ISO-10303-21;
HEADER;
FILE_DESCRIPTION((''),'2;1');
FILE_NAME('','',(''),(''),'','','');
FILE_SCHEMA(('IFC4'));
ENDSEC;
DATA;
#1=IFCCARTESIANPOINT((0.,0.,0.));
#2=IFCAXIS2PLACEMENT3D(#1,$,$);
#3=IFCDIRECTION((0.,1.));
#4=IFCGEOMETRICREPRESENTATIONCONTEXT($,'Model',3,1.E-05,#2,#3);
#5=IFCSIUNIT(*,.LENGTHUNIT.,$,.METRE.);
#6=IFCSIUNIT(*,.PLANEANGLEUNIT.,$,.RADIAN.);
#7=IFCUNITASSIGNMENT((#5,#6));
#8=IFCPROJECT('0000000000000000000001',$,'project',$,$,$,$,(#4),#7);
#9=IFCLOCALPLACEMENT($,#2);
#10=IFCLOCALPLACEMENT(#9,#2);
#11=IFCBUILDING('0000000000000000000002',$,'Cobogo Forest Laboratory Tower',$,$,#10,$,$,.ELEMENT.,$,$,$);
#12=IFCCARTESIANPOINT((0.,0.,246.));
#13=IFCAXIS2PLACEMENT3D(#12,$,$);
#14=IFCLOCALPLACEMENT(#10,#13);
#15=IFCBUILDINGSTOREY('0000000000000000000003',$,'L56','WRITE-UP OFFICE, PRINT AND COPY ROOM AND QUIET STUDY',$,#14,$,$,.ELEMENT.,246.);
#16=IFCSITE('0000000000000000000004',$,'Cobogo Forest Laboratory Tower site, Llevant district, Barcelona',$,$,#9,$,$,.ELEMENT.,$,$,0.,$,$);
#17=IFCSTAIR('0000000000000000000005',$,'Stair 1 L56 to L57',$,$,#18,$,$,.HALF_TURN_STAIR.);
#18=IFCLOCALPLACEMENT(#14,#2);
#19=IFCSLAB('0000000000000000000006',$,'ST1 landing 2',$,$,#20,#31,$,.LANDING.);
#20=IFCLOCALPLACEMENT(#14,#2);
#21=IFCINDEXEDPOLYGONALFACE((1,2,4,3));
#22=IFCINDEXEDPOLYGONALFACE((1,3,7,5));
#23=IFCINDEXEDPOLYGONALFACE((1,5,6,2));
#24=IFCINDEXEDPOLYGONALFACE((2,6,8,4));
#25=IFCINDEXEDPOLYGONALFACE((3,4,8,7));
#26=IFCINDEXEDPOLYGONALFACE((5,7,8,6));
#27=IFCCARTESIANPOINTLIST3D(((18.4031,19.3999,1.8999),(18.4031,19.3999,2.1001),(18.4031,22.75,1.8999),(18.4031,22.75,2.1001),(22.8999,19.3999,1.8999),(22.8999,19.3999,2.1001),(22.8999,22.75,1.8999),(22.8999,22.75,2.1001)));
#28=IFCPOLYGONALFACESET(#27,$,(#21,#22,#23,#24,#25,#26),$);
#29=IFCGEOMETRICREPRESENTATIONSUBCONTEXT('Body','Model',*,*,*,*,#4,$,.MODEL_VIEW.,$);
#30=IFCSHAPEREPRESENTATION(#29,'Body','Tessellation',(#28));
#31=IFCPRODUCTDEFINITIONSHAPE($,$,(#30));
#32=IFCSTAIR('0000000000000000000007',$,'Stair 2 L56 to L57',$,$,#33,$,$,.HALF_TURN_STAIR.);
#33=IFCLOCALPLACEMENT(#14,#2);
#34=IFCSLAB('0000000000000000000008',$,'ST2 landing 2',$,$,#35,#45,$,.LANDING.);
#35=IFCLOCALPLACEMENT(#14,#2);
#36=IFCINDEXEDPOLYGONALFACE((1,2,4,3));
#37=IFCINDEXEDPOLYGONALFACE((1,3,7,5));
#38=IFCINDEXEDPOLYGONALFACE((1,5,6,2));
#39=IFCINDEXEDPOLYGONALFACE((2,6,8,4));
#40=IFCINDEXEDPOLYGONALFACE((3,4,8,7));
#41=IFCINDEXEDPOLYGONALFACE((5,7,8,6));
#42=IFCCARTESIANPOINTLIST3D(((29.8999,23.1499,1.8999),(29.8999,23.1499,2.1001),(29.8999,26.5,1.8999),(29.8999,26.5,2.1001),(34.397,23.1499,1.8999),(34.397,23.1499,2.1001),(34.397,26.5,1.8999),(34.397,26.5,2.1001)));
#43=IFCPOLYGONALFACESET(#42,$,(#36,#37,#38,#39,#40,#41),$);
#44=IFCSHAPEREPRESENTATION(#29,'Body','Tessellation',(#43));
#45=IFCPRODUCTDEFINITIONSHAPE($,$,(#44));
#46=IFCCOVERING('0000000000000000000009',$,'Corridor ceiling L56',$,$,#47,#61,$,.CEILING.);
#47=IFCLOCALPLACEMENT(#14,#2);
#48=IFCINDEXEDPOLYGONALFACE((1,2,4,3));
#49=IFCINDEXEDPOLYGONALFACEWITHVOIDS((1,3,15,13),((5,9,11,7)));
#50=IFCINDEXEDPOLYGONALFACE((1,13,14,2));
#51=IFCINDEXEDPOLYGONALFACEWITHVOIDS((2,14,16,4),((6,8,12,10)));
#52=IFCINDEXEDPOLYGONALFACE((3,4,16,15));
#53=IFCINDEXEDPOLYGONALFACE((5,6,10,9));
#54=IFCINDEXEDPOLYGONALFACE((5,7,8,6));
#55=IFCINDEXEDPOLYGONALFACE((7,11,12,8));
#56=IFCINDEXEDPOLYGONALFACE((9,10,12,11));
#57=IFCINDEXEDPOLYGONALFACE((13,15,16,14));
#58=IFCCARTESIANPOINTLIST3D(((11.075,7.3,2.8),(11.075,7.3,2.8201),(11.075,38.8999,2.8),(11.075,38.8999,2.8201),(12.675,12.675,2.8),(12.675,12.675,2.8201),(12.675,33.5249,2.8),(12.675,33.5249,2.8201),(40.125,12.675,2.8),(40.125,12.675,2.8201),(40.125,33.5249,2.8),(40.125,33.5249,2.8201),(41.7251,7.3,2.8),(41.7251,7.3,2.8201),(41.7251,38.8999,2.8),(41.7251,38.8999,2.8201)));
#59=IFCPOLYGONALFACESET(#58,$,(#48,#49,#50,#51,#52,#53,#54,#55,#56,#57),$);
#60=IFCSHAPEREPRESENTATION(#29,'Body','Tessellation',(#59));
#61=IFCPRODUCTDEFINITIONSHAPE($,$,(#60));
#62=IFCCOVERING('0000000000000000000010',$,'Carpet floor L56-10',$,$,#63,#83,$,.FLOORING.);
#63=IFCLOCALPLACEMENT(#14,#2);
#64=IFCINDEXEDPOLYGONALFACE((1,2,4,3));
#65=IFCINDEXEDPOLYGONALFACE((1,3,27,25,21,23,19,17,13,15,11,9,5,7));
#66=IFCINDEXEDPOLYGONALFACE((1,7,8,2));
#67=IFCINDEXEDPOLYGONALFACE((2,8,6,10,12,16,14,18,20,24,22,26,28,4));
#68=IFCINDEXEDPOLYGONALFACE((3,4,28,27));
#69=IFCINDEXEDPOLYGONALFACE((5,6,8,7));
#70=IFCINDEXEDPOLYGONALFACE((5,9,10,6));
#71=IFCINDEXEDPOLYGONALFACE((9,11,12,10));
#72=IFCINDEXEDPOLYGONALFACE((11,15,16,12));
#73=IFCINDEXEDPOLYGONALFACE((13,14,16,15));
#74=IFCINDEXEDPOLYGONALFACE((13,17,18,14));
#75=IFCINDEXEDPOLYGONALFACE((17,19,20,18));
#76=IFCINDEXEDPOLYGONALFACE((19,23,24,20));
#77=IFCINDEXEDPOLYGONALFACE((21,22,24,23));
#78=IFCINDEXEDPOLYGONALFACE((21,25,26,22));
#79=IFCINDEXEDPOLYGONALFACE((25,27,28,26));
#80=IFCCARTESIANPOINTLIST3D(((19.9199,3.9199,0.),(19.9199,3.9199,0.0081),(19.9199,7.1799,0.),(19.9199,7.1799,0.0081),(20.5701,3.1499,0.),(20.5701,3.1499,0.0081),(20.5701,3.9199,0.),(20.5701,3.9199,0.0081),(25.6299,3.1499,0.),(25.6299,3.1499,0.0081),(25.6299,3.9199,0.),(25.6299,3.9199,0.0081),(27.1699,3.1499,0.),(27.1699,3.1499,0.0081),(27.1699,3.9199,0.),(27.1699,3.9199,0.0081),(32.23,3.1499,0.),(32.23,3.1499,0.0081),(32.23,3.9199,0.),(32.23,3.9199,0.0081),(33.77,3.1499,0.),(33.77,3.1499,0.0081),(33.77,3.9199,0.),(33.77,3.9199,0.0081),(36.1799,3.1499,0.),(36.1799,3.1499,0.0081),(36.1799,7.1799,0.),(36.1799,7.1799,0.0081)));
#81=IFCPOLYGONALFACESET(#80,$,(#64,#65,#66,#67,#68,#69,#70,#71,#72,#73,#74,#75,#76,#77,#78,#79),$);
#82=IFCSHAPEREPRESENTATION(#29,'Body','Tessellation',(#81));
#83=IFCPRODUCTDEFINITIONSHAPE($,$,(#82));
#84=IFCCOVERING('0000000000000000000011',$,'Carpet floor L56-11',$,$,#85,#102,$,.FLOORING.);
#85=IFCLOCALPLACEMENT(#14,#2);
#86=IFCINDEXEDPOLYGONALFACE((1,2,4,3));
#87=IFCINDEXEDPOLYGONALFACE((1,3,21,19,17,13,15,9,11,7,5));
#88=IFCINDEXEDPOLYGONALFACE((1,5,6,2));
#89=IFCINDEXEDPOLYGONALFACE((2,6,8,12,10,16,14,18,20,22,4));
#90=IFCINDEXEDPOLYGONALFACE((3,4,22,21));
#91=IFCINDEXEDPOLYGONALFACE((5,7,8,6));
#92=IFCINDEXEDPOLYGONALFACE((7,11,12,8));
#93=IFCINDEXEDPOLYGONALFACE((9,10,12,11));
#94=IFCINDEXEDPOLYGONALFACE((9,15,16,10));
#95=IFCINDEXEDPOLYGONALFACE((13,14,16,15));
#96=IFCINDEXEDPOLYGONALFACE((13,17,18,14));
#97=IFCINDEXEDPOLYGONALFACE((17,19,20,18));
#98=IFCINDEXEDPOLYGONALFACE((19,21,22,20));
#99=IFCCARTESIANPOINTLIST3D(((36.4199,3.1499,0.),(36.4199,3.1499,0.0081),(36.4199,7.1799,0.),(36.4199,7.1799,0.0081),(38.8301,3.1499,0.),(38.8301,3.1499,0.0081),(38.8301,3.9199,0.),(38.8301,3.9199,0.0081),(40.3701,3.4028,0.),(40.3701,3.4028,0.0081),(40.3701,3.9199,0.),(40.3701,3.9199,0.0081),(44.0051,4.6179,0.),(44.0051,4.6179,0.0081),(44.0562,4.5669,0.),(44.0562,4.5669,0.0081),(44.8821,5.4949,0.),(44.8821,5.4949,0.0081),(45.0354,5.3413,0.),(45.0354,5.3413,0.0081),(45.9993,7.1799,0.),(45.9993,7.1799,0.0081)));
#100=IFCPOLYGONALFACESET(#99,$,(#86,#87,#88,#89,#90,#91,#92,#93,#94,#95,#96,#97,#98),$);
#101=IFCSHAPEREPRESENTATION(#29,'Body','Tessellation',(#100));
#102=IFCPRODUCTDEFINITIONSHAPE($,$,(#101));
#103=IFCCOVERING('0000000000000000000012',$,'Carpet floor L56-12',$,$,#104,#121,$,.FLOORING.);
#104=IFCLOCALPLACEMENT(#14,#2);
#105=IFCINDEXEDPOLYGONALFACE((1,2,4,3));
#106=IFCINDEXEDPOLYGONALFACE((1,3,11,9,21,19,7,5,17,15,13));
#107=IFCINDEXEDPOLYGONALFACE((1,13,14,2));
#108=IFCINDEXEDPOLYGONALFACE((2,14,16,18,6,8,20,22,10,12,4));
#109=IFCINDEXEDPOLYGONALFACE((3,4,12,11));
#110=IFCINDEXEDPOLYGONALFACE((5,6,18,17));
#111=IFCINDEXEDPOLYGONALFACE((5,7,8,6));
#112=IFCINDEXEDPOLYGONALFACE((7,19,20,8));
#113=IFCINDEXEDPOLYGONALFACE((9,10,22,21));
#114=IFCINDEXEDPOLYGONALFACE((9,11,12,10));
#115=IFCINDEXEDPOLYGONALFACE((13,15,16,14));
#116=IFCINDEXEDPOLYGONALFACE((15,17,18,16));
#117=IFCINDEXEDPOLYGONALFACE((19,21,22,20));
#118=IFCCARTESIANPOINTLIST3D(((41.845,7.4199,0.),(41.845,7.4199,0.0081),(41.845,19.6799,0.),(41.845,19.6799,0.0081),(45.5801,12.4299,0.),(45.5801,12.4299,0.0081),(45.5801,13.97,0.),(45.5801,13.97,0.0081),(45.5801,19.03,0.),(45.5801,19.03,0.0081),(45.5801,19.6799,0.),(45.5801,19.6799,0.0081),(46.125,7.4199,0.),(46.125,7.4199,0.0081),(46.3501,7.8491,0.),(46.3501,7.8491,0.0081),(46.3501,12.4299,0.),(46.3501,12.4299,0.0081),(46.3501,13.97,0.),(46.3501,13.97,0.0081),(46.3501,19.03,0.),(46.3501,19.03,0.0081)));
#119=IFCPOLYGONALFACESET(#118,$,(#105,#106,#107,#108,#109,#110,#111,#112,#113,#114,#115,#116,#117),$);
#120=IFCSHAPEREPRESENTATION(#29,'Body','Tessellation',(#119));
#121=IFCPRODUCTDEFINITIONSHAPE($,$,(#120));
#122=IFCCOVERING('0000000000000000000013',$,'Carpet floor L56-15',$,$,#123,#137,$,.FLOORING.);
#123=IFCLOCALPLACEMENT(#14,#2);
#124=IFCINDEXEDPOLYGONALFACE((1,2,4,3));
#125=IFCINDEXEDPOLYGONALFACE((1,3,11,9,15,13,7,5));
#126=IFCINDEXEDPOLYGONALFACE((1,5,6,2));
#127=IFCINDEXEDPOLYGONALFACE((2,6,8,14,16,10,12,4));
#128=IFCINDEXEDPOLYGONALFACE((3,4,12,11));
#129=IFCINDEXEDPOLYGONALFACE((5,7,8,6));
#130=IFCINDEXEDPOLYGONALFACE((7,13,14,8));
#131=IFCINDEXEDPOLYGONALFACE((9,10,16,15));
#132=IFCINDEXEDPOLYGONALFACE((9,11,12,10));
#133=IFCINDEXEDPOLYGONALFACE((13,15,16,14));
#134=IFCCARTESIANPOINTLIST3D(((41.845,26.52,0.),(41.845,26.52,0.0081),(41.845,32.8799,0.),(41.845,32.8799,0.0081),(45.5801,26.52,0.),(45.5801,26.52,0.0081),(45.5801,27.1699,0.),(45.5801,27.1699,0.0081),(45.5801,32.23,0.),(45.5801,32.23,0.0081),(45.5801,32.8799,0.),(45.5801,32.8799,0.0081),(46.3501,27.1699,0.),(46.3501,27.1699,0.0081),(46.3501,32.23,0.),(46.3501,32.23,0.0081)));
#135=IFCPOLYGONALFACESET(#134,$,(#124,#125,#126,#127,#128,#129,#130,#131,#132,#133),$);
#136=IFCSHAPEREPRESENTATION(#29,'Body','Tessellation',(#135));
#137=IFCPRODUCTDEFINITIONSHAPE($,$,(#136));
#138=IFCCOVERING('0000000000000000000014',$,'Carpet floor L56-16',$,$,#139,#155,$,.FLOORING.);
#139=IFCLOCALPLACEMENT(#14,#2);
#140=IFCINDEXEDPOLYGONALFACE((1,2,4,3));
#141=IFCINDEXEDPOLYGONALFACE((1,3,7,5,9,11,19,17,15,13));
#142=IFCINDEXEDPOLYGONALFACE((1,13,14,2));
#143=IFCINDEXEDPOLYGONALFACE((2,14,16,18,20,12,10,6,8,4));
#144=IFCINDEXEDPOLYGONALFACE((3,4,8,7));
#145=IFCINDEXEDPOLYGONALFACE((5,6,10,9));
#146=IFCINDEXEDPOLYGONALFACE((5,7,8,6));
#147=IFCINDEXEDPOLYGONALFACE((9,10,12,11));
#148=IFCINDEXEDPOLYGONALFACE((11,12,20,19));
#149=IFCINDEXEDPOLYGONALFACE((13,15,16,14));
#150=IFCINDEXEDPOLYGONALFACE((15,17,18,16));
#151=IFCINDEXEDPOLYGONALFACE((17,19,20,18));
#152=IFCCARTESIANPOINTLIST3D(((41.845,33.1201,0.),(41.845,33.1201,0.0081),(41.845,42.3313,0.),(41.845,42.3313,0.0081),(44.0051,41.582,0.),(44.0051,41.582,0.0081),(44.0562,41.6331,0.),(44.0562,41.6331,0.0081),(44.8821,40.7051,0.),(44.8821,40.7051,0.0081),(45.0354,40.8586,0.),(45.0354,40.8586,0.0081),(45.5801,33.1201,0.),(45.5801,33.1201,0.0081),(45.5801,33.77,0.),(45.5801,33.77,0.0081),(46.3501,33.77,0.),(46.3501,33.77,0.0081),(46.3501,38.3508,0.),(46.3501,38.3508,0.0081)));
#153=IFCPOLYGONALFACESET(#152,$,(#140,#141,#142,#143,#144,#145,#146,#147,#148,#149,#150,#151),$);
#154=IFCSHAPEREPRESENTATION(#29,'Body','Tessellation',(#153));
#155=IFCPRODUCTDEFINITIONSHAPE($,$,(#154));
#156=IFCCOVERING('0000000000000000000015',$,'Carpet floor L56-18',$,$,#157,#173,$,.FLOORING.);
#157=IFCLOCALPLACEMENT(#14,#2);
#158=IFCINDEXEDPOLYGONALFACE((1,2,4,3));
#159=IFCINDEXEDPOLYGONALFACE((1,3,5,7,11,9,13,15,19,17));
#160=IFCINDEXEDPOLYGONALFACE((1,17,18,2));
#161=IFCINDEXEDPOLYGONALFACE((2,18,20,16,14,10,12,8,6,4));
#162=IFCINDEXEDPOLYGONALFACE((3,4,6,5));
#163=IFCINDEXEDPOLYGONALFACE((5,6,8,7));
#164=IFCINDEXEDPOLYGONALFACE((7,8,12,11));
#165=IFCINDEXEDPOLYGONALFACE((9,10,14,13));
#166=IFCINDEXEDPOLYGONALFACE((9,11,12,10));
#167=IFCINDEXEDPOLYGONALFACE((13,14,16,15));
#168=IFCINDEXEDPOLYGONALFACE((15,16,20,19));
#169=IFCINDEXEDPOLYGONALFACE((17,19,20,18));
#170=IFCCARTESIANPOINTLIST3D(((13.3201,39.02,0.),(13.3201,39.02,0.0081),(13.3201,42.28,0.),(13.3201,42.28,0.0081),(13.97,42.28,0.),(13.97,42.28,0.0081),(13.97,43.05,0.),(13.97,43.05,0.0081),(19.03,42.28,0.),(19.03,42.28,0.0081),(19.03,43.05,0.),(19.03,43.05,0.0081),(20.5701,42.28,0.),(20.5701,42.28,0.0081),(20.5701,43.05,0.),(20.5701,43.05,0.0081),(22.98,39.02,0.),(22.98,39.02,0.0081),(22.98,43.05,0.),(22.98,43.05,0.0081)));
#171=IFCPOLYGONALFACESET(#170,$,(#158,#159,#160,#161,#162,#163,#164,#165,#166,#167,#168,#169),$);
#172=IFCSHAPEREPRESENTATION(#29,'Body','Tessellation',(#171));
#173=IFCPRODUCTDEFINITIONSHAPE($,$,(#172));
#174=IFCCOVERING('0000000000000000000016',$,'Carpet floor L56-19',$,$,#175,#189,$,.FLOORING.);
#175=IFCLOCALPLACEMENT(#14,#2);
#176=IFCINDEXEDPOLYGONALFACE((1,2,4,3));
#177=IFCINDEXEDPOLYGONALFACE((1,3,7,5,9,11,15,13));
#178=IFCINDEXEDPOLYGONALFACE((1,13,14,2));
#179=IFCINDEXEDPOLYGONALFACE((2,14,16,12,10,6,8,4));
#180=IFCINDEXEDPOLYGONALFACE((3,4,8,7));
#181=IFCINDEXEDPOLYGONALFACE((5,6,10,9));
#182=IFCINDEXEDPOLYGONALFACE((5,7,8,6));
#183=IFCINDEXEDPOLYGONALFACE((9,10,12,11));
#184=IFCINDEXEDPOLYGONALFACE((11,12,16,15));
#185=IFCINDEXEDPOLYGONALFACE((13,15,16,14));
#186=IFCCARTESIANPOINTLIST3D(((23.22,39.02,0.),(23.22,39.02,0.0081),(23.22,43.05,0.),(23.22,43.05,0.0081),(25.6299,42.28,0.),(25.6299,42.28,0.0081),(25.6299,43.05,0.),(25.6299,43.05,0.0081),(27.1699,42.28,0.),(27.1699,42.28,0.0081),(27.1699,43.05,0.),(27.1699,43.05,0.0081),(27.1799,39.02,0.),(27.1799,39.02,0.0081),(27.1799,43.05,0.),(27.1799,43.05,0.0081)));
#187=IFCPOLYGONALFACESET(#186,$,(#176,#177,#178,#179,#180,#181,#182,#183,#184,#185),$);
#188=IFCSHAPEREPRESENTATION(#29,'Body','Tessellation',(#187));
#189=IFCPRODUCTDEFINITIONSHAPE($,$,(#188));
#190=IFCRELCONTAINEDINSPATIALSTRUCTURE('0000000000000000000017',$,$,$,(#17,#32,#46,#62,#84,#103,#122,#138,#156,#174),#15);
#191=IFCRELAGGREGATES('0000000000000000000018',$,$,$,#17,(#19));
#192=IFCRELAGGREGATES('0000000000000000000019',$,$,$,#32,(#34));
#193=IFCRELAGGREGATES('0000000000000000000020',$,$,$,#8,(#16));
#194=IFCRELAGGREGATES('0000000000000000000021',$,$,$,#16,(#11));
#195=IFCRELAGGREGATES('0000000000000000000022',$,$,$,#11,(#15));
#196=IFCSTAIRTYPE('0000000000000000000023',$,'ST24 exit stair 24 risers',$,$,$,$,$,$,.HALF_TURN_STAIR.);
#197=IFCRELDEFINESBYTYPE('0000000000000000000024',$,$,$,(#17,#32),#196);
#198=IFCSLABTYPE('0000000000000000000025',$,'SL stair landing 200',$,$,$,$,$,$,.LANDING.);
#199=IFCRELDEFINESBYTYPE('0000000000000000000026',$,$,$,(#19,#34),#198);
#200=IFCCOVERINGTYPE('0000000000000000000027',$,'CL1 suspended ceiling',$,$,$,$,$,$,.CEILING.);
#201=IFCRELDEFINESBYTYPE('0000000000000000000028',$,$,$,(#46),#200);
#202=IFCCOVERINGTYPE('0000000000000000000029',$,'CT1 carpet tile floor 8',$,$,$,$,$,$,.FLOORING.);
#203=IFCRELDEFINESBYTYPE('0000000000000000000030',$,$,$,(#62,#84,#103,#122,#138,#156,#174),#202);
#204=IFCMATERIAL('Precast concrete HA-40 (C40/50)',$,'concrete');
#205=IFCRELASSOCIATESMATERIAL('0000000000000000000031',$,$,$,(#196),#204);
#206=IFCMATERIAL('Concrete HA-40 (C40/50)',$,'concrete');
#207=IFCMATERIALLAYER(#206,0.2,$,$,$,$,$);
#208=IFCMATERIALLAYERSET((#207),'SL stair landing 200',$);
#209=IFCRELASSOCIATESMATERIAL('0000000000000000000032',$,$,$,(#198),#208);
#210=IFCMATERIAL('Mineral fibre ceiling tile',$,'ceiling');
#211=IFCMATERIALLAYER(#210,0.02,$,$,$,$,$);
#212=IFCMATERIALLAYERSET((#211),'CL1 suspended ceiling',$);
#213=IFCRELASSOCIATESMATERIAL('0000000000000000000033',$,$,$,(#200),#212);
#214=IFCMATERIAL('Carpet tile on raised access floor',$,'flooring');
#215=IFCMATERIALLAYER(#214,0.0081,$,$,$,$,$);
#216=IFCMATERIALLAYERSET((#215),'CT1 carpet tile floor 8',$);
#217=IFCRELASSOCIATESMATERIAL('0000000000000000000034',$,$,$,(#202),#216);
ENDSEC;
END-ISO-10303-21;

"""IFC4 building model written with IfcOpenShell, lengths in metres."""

from ifc_helpers import new_model, si_unit, direction, frame, origin, place, context, subcontext, project, spatial, polyline, outline, extrude, material, layer, layer_set, type_object, element, aggregate, save


model = new_model("IFC4")

# Units and contexts
model_context = context("Model", 3, precision=1e-05, world=origin(), true_north=direction((0.0, 1.0)))
body_context = subcontext(model_context, "Body", "Model", "MODEL_VIEW")
ifc_project = project(units=[si_unit("LENGTHUNIT", "METRE"), si_unit("PLANEANGLEUNIT", "RADIAN")], contexts=[model_context])

# Site, building, storey
site_placement = place(None, origin())
site = spatial("IfcSite", under=ifc_project, at=site_placement, Name="Cobogo Forest Laboratory Tower site, Llevant district, Barcelona", CompositionType="ELEMENT", RefElevation=0.0)
building_placement = place(site_placement, origin())
building = spatial("IfcBuilding", under=site, at=building_placement, Name="Cobogo Forest Laboratory Tower", CompositionType="ELEMENT")
storey_placement = place(building_placement, frame((0.0, 0.0, 246.0)))
storey = spatial("IfcBuildingStorey", under=building, at=storey_placement, Name="L56", Description="WRITE-UP OFFICE, PRINT AND COPY ROOM AND QUIET STUDY", CompositionType="ELEMENT", Elevation=246.0)

# Stairs, slabs
ifc_material_1 = material(Name="Precast concrete HA-40 (C40/50)", Category="concrete")
stair_type = type_object("IfcStairType", Name="ST24 exit stair 24 risers", PredefinedType="HALF_TURN_STAIR", material=ifc_material_1)
stair_1_placement = place(storey_placement, origin())
stair_1 = element("IfcStair", 1, at=stair_1_placement, inside=storey, type_object=stair_type, Name="Stair 1 L56 to L57", PredefinedType="HALF_TURN_STAIR")
ifc_material_2 = material(Name="Concrete HA-40 (C40/50)", Category="concrete")
ifc_layer_1 = layer(ifc_material_2, 0.2)
ifc_layer_set_1 = layer_set([ifc_layer_1], Name="SL stair landing 200")
slab_type = type_object("IfcSlabType", Name="SL stair landing 200", PredefinedType="LANDING", material=ifc_layer_set_1)
slab_1_placement = place(storey_placement, frame((0.0, 0.0, 1.8999)))
slab_1 = element("IfcSlab", 2, at=slab_1_placement, type_object=slab_type, Name="ST1 landing 2", PredefinedType="LANDING", context=body_context, shape_type="SweptSolid", body=[
    extrude(outline(polyline([(18.4031, 19.3999), (22.8999, 19.3999), (22.8999, 22.75), (18.4031, 22.75), (18.4031, 19.3999)])), origin(), (0.0, 0.0, 1.0), 0.2002),
])
aggregate(stair_1, [slab_1])
stair_2_placement = place(storey_placement, origin())
stair_2 = element("IfcStair", 3, at=stair_2_placement, inside=storey, type_object=stair_type, Name="Stair 2 L56 to L57", PredefinedType="HALF_TURN_STAIR")
slab_2_placement = place(storey_placement, frame((0.0, 0.0, 1.8999)))
slab_2 = element("IfcSlab", 4, at=slab_2_placement, type_object=slab_type, Name="ST2 landing 2", PredefinedType="LANDING", context=body_context, shape_type="SweptSolid", body=[
    extrude(outline(polyline([(29.8999, 23.1499), (34.397, 23.1499), (34.397, 26.5), (29.8999, 26.5), (29.8999, 23.1499)])), origin(), (0.0, 0.0, 1.0), 0.2002),
])
aggregate(stair_2, [slab_2])

# Coverings
ifc_material_3 = material(Name="Mineral fibre ceiling tile", Category="ceiling")
ifc_layer_2 = layer(ifc_material_3, 0.02)
ifc_layer_set_2 = layer_set([ifc_layer_2], Name="CL1 suspended ceiling")
covering_type_1 = type_object("IfcCoveringType", Name="CL1 suspended ceiling", PredefinedType="CEILING", material=ifc_layer_set_2)
covering_1_placement = place(storey_placement, frame((0.0, 0.0, 2.8)))
element("IfcCovering", 5, at=covering_1_placement, inside=storey, type_object=covering_type_1, Name="Corridor ceiling L56", PredefinedType="CEILING", context=body_context, shape_type="SweptSolid", body=[
    extrude(outline(polyline([(11.075, 7.3), (11.075, 38.8999), (41.7251, 38.8999), (41.7251, 7.3), (11.075, 7.3)]), holes=[polyline([(40.125, 33.5249), (12.675, 33.5249), (12.675, 12.675), (40.125, 12.675), (40.125, 33.5249)])]), origin(), (0.0, 0.0, 1.0), 0.02),
])
ifc_material_4 = material(Name="Carpet tile on raised access floor", Category="flooring")
ifc_layer_3 = layer(ifc_material_4, 0.0081)
ifc_layer_set_3 = layer_set([ifc_layer_3], Name="CT1 carpet tile floor 8")
covering_type_2 = type_object("IfcCoveringType", Name="CT1 carpet tile floor 8", PredefinedType="FLOORING", material=ifc_layer_set_3)
covering_2_placement = place(storey_placement, origin())
element("IfcCovering", 6, at=covering_2_placement, inside=storey, type_object=covering_type_2, Name="Carpet floor L56-10", PredefinedType="FLOORING", context=body_context, shape_type="SweptSolid", body=[
    extrude(outline(polyline([(36.1799, 7.1799), (36.1799, 3.1499), (33.77, 3.1499), (33.77, 3.9199), (32.23, 3.9199), (32.23, 3.1499), (27.1699, 3.1499), (27.1699, 3.9199), (25.6299, 3.9199), (25.6299, 3.1499), (20.5701, 3.1499), (20.5701, 3.9199), (19.9199, 3.9199), (19.9199, 7.1799), (36.1799, 7.1799)])), origin(), (0.0, 0.0, 1.0), 0.0081),
])
covering_3_placement = place(storey_placement, origin())
element("IfcCovering", 7, at=covering_3_placement, inside=storey, type_object=covering_type_2, Name="Carpet floor L56-11", PredefinedType="FLOORING", context=body_context, shape_type="SweptSolid", body=[
    extrude(outline(polyline([(44.0562, 4.5669), (40.3701, 3.4028), (40.3701, 3.9199), (38.8301, 3.9199), (38.8301, 3.1499), (36.4199, 3.1499), (36.4199, 7.1799), (45.9993, 7.1799), (45.0354, 5.3413), (44.8821, 5.4949), (44.0051, 4.6179), (44.0562, 4.5669)])), origin(), (0.0, 0.0, 1.0), 0.0081),
])
covering_4_placement = place(storey_placement, origin())
element("IfcCovering", 8, at=covering_4_placement, inside=storey, type_object=covering_type_2, Name="Carpet floor L56-12", PredefinedType="FLOORING", context=body_context, shape_type="SweptSolid", body=[
    extrude(outline(polyline([(41.845, 19.6799), (45.5801, 19.6799), (45.5801, 19.03), (46.3501, 19.03), (46.3501, 13.97), (45.5801, 13.97), (45.5801, 12.4299), (46.3501, 12.4299), (46.3501, 7.8491), (46.125, 7.4199), (41.845, 7.4199), (41.845, 19.6799)])), origin(), (0.0, 0.0, 1.0), 0.0081),
])
covering_5_placement = place(storey_placement, origin())
element("IfcCovering", 9, at=covering_5_placement, inside=storey, type_object=covering_type_2, Name="Carpet floor L56-15", PredefinedType="FLOORING", context=body_context, shape_type="SweptSolid", body=[
    extrude(outline(polyline([(41.845, 32.8799), (45.5801, 32.8799), (45.5801, 32.23), (46.3501, 32.23), (46.3501, 27.1699), (45.5801, 27.1699), (45.5801, 26.52), (41.845, 26.52), (41.845, 32.8799)])), origin(), (0.0, 0.0, 1.0), 0.0081),
])
covering_6_placement = place(storey_placement, origin())
element("IfcCovering", 10, at=covering_6_placement, inside=storey, type_object=covering_type_2, Name="Carpet floor L56-16", PredefinedType="FLOORING", context=body_context, shape_type="SweptSolid", body=[
    extrude(outline(polyline([(41.845, 42.3313), (44.0562, 41.6331), (44.0051, 41.582), (44.8821, 40.7051), (45.0354, 40.8586), (46.3501, 38.3508), (46.3501, 33.77), (45.5801, 33.77), (45.5801, 33.1201), (41.845, 33.1201), (41.845, 42.3313)])), origin(), (0.0, 0.0, 1.0), 0.0081),
])
covering_7_placement = place(storey_placement, origin())
element("IfcCovering", 11, at=covering_7_placement, inside=storey, type_object=covering_type_2, Name="Carpet floor L56-18", PredefinedType="FLOORING", context=body_context, shape_type="SweptSolid", body=[
    extrude(outline(polyline([(13.3201, 39.02), (13.3201, 42.28), (13.97, 42.28), (13.97, 43.05), (19.03, 43.05), (19.03, 42.28), (20.5701, 42.28), (20.5701, 43.05), (22.98, 43.05), (22.98, 39.02), (13.3201, 39.02)])), origin(), (0.0, 0.0, 1.0), 0.0081),
])
covering_8_placement = place(storey_placement, origin())
element("IfcCovering", 12, at=covering_8_placement, inside=storey, type_object=covering_type_2, Name="Carpet floor L56-19", PredefinedType="FLOORING", context=body_context, shape_type="SweptSolid", body=[
    extrude(outline(polyline([(23.22, 39.02), (23.22, 43.05), (25.6299, 43.05), (25.6299, 42.28), (27.1699, 42.28), (27.1699, 43.05), (27.1799, 43.05), (27.1799, 39.02), (23.22, 39.02)])), origin(), (0.0, 0.0, 1.0), 0.0081),
])

save(model, "model.ifc")
